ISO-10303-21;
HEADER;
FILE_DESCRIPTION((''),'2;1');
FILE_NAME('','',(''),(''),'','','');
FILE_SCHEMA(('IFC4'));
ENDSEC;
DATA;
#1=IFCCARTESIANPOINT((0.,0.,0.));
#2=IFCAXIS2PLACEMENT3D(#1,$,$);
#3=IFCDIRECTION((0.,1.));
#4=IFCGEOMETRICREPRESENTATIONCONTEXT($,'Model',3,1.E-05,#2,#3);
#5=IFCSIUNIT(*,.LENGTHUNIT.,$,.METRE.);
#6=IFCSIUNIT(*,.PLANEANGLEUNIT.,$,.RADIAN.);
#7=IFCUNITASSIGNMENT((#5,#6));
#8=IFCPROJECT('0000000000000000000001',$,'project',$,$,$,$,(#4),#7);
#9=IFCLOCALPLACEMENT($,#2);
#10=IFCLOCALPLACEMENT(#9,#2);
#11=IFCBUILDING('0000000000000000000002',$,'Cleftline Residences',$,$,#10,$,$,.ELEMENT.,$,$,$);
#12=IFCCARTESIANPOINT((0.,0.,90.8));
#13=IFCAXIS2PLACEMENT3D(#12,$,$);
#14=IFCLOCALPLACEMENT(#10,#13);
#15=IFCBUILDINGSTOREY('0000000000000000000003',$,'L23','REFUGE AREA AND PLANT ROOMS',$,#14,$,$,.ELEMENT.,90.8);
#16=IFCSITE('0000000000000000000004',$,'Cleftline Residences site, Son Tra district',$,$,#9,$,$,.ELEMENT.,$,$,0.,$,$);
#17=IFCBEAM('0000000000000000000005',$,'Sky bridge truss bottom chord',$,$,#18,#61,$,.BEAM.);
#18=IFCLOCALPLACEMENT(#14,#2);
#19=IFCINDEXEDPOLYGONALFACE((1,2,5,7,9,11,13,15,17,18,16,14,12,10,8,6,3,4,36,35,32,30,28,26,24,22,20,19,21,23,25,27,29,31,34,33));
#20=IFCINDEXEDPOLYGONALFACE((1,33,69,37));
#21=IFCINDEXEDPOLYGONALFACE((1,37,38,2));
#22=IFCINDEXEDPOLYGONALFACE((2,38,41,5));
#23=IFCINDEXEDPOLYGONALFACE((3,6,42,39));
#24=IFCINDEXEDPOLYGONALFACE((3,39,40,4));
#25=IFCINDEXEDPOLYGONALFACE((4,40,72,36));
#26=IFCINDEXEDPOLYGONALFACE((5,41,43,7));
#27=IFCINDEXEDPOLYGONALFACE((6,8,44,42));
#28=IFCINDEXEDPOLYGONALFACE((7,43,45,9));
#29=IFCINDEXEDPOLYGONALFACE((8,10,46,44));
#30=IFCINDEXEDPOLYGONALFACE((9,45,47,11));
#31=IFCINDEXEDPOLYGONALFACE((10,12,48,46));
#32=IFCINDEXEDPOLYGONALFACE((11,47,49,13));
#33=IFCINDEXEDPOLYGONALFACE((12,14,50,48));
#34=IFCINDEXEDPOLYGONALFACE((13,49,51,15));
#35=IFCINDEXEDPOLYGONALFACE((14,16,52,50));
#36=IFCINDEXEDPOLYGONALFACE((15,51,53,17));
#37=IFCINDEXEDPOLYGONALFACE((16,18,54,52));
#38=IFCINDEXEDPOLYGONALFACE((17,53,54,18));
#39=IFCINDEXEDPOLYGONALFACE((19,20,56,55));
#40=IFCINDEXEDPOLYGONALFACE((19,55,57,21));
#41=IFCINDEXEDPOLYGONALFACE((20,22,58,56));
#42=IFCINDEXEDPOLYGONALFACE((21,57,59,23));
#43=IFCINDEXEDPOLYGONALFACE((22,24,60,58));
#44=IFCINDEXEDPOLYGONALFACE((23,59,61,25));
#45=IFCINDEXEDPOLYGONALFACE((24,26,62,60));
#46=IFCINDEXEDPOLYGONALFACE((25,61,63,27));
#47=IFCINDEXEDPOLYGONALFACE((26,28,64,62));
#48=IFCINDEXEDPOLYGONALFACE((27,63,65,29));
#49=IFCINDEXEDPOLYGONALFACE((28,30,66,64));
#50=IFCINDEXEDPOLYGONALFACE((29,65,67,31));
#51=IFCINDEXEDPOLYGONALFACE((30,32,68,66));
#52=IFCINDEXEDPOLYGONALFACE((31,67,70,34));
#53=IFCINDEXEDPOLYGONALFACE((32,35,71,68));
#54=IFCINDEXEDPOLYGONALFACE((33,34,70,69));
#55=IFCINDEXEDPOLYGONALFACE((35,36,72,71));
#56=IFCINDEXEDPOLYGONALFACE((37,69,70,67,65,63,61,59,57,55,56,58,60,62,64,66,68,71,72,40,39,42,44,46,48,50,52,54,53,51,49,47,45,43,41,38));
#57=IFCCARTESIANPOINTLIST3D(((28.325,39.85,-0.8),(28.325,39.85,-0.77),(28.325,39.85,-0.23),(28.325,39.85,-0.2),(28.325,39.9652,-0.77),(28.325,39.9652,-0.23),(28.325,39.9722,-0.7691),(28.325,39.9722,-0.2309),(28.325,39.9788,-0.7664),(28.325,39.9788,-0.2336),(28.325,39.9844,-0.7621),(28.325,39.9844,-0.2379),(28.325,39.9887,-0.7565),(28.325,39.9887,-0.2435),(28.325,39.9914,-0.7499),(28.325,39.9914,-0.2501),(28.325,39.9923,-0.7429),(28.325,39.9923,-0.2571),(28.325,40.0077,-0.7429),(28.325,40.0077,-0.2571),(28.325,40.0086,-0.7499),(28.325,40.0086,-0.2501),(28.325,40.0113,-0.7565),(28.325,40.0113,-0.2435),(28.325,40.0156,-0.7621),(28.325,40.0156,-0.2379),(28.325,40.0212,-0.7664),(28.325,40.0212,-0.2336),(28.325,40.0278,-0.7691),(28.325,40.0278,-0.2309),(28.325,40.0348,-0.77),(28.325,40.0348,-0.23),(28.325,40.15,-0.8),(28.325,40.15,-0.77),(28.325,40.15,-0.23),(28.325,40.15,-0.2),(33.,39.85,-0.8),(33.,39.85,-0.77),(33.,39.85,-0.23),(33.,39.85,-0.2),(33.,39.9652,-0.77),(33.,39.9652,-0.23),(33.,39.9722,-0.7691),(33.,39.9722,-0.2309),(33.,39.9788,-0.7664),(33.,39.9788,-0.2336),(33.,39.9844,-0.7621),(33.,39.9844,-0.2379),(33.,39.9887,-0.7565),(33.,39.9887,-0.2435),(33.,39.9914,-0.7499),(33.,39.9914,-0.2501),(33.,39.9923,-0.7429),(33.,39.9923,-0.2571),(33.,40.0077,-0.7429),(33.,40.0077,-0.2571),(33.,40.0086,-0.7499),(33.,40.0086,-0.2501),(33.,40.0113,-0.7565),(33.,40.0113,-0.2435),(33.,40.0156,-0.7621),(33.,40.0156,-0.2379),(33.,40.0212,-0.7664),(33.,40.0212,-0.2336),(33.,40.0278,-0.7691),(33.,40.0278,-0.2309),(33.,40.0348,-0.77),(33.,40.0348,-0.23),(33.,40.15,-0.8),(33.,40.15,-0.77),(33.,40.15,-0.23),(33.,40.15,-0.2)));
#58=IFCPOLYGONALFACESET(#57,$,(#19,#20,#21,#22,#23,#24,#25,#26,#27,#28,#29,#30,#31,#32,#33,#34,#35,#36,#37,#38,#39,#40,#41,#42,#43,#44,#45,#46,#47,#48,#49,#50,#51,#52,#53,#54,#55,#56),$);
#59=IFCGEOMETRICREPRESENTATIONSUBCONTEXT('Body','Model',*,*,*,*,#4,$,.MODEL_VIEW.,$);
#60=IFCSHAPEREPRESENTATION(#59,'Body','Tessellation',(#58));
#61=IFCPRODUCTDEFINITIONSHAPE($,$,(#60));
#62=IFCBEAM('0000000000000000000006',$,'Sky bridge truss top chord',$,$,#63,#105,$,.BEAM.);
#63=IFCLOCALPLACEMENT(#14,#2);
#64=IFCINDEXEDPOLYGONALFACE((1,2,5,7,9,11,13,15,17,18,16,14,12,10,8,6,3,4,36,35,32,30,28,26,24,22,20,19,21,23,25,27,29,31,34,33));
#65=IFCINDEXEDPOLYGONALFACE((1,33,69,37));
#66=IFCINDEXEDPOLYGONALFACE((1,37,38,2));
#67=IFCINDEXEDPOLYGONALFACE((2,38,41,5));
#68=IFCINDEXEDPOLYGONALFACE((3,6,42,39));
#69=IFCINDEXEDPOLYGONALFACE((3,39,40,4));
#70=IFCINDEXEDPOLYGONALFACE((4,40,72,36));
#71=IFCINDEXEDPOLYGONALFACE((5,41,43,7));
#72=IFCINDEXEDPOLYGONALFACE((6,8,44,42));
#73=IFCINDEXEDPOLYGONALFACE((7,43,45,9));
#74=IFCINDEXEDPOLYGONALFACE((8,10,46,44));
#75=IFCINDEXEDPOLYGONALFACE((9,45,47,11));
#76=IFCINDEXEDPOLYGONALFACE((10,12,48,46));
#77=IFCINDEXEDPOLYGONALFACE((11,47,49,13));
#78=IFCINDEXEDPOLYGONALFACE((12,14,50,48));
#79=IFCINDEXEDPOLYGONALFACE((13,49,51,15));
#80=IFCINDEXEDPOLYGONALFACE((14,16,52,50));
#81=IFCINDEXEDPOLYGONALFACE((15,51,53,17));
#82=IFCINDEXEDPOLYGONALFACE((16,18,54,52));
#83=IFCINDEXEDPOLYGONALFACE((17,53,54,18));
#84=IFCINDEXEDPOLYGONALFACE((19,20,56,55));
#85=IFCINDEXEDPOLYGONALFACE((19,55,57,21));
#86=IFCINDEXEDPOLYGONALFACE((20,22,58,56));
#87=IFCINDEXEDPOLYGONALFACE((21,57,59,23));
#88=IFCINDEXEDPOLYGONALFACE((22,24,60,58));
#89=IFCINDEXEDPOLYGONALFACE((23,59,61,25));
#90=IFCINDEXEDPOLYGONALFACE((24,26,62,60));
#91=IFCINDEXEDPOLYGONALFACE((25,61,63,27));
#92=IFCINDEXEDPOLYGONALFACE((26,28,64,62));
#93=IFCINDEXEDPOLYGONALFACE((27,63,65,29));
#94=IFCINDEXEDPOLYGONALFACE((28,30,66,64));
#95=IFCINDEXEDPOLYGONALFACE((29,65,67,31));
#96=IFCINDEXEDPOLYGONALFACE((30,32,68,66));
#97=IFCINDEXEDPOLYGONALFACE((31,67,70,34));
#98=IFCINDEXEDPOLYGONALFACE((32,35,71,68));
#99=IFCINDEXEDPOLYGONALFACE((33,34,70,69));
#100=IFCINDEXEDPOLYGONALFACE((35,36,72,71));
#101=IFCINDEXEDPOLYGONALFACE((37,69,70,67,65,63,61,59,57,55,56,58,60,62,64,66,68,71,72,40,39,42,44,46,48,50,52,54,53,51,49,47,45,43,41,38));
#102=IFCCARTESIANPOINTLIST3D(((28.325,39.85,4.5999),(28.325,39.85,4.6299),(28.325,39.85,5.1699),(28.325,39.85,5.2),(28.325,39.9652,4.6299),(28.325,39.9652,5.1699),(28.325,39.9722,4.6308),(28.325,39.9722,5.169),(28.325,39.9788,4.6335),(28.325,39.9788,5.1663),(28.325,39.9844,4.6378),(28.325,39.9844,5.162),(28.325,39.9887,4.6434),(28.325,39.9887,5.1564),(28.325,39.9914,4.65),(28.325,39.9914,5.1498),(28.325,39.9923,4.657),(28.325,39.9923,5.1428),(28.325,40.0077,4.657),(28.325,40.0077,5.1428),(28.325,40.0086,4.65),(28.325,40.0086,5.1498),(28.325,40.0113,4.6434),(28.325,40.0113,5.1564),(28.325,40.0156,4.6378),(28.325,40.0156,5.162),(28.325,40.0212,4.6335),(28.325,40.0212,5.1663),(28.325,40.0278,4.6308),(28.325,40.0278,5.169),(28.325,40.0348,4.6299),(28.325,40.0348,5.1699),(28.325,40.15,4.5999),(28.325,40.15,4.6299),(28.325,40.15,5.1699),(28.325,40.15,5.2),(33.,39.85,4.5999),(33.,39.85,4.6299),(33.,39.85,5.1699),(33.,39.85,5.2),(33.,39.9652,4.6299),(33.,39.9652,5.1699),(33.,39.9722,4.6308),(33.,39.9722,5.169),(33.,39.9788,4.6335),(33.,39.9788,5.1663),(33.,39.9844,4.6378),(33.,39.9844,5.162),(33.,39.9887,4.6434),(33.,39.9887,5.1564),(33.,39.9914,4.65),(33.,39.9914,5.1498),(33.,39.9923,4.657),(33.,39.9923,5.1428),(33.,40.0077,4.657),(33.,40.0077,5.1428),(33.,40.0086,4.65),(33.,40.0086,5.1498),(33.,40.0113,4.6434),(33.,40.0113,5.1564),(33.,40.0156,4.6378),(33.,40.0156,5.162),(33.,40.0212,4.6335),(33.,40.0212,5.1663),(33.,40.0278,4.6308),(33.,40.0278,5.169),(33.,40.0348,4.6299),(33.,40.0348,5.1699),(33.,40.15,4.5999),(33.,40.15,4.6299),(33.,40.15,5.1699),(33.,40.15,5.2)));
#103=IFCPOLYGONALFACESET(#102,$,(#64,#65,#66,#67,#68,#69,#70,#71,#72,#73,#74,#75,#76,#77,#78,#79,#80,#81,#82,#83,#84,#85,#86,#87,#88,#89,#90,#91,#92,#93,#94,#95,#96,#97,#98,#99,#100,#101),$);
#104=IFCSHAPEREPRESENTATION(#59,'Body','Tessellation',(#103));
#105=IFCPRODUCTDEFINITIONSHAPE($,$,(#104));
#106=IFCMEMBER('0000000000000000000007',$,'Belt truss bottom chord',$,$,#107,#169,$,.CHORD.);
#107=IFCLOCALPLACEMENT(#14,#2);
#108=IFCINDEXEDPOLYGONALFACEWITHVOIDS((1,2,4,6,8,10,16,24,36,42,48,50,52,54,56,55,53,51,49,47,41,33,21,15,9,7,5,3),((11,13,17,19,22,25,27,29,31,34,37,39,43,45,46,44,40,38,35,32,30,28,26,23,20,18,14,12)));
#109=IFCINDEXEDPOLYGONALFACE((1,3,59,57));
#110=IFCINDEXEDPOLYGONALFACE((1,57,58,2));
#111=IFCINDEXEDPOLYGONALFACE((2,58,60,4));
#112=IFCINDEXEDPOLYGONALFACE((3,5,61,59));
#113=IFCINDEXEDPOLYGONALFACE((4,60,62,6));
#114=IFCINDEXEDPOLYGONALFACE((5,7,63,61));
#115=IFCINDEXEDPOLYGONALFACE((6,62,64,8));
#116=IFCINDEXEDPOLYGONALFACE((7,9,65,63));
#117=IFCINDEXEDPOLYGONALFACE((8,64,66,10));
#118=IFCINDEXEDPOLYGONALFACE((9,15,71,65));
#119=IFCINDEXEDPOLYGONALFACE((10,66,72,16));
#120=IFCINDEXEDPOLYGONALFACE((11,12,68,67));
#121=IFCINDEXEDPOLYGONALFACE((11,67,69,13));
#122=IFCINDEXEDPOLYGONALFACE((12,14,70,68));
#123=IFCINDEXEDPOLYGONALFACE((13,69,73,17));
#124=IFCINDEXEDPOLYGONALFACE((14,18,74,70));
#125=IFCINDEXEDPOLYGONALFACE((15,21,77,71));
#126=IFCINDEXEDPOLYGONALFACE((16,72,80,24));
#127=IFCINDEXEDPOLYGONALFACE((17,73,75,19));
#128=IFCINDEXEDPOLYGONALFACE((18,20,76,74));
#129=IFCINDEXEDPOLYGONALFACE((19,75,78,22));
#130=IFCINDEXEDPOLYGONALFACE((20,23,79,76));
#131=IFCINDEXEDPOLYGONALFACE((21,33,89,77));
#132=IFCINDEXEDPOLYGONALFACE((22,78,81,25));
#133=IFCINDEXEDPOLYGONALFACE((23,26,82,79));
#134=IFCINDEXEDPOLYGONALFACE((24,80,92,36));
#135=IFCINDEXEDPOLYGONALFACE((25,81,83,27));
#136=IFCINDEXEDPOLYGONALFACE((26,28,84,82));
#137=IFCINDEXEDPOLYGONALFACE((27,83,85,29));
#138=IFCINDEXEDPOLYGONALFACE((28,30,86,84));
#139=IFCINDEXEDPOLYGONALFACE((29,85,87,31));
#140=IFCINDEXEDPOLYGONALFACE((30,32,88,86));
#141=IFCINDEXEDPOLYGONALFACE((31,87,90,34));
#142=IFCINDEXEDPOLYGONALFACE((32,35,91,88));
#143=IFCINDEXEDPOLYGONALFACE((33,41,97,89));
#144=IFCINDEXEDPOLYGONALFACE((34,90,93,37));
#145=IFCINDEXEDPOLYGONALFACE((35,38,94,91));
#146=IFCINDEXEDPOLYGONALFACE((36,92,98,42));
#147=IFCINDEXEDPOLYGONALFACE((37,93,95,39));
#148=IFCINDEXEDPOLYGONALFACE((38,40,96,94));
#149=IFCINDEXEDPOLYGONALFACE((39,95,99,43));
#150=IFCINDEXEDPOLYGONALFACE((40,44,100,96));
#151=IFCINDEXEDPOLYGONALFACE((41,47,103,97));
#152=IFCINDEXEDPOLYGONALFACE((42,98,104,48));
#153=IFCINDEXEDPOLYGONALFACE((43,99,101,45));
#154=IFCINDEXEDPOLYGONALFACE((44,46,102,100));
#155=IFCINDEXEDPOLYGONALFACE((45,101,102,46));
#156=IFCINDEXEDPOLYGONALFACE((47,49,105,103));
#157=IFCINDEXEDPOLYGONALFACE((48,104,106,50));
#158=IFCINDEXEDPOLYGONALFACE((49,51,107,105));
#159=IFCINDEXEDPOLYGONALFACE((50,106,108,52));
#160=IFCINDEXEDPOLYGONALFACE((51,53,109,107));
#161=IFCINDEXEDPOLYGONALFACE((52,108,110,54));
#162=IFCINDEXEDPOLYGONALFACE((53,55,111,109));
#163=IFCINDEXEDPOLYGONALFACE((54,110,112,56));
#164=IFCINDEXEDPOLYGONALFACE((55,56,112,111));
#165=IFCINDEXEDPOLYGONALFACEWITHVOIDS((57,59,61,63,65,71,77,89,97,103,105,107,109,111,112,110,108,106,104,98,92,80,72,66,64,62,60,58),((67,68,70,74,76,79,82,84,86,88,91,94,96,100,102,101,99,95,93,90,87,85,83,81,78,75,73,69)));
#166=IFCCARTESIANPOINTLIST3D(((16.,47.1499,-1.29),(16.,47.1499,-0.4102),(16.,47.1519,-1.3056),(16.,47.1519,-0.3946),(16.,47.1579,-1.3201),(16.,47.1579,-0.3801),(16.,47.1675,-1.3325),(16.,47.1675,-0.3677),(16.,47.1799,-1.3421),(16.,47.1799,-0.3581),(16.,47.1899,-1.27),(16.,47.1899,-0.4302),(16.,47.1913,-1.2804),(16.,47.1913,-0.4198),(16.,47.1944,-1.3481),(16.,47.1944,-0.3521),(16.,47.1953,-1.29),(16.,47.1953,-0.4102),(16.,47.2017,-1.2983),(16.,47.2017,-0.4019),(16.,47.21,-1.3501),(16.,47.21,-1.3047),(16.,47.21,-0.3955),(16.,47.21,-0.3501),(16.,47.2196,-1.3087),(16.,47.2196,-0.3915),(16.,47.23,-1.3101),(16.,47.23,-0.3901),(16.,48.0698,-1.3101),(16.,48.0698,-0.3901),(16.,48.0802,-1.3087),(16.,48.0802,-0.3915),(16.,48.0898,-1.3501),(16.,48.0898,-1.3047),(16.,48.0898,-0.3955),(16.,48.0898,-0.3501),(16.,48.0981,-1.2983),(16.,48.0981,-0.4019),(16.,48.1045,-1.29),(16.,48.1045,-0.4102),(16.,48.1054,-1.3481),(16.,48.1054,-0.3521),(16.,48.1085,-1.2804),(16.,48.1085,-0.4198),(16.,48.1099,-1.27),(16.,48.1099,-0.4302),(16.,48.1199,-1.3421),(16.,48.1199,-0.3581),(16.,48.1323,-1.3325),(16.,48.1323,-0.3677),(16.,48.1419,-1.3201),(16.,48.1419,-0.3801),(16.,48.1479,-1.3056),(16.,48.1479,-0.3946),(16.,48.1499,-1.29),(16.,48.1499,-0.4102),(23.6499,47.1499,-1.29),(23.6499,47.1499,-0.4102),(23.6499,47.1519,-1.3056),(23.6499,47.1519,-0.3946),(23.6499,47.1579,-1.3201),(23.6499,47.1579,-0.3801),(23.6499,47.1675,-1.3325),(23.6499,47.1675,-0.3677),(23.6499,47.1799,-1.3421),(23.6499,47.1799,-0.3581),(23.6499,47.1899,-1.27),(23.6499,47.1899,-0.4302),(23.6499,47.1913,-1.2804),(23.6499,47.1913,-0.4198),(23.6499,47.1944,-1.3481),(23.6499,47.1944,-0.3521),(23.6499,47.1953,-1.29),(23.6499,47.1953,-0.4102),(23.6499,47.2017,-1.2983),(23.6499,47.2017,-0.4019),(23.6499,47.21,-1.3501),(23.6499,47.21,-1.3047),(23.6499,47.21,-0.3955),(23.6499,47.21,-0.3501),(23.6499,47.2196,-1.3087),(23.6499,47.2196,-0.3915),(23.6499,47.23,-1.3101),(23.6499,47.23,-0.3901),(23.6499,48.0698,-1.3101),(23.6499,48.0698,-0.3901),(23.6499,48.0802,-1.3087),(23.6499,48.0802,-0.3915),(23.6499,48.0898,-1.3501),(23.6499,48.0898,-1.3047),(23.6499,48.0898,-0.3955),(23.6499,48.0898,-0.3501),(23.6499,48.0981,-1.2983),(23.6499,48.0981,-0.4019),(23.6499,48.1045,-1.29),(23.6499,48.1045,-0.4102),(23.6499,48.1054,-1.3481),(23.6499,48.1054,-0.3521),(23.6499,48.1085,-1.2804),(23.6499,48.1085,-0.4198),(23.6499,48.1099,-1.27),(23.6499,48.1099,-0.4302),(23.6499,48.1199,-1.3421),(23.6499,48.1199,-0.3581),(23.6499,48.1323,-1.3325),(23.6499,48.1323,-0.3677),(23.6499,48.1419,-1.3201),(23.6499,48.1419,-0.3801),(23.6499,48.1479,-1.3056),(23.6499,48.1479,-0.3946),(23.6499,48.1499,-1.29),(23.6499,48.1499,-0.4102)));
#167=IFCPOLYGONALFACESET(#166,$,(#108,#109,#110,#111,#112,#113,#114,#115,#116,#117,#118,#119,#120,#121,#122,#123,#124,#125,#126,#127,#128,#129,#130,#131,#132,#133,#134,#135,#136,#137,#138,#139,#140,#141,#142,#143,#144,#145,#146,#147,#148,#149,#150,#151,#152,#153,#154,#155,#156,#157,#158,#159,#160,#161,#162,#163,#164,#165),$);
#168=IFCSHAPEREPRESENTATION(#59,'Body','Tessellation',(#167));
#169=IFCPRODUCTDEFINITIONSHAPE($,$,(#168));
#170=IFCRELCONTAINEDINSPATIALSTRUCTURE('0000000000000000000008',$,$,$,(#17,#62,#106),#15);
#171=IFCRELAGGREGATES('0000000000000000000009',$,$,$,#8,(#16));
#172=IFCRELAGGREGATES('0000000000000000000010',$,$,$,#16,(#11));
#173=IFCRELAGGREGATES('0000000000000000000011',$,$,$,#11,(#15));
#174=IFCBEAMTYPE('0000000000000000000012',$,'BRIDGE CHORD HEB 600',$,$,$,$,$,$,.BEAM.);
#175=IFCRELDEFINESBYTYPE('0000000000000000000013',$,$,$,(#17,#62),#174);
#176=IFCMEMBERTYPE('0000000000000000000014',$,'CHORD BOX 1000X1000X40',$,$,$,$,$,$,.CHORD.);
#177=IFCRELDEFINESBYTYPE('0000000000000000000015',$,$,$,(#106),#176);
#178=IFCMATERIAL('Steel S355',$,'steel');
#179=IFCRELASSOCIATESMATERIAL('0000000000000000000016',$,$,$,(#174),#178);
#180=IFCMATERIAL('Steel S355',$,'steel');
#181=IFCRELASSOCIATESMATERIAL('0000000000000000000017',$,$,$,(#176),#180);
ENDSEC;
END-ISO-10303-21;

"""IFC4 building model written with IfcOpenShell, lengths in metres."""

from ifc_helpers import new_model, si_unit, direction, frame, origin, origin_2d, place, context, subcontext, project, spatial, hollow_rectangle, i_section, extrude, material, material_profile, profile_set, type_object, element, save


model = new_model("IFC4")

# Units and contexts
model_context = context("Model", 3, precision=1e-05, world=origin(), true_north=direction((0.0, 1.0)))
body_context = subcontext(model_context, "Body", "Model", "MODEL_VIEW")
ifc_project = project(units=[si_unit("LENGTHUNIT", "METRE"), si_unit("PLANEANGLEUNIT", "RADIAN")], contexts=[model_context])

# Site, building, storey
site_placement = place(None, origin())
site = spatial("IfcSite", under=ifc_project, at=site_placement, Name="Cleftline Residences site, Son Tra district", CompositionType="ELEMENT", RefElevation=0.0)
building_placement = place(site_placement, origin())
building = spatial("IfcBuilding", under=site, at=building_placement, Name="Cleftline Residences", CompositionType="ELEMENT")
storey_placement = place(building_placement, frame((0.0, 0.0, 90.8)))
storey = spatial("IfcBuildingStorey", under=building, at=storey_placement, Name="L23", Description="REFUGE AREA AND PLANT ROOMS", CompositionType="ELEMENT", Elevation=90.8)

# Beams
ifc_material_1 = material(Name="Steel S355", Category="steel")
ifc_material_profile_1 = material_profile(ifc_material_1, i_section(OverallWidth=0.3, OverallDepth=0.6001, WebThickness=0.0154, FlangeThickness=0.03, FilletRadius=0.0271, at=origin_2d()))
ifc_profile_set_1 = profile_set([ifc_material_profile_1], Name="Steel S355")
beam_type_1 = type_object("IfcBeamType", Name="BRIDGE CHORD HEB 600", PredefinedType="BEAM", material=ifc_profile_set_1)
for number, where, z_axis, x_axis, name in (
    (1, (28.325, 40.0, -0.5), (1.0, 0.0, 0.0), (0.0, 1.0, 0.0), "Sky bridge truss bottom chord"),
    (2, (28.325, 40.0, 4.8999), (1.0, 0.0, 0.0), (0.0, 1.0, 0.0), "Sky bridge truss top chord"),
):
    element("IfcBeam", number, at=place(storey_placement, frame(where, z_axis=z_axis, x_axis=x_axis)), inside=storey, type_object=beam_type_1, Name=name, PredefinedType="BEAM", context=body_context, shape_type="SweptSolid", body=[
        extrude(i_section(OverallWidth=0.3, OverallDepth=0.6001, WebThickness=0.0154, FlangeThickness=0.03, FilletRadius=0.0271, at=origin_2d()), origin(), (0.0, 0.0, 1.0), 4.675),
    ])

# Member
ifc_material_2 = material(Name="Steel S355", Category="steel")
ifc_material_profile_2 = material_profile(ifc_material_2, hollow_rectangle(XDim=1.0, YDim=1.0, WallThickness=0.04, InnerFilletRadius=0.04, OuterFilletRadius=0.0601, at=origin_2d()))
ifc_profile_set_2 = profile_set([ifc_material_profile_2], Name="Steel S355")
member_type_1 = type_object("IfcMemberType", Name="CHORD BOX 1000X1000X40", PredefinedType="CHORD", material=ifc_profile_set_2)
for number, where, z_axis, x_axis, name in (
    (3, (16.0, 47.6499, -0.8501), (1.0, 0.0, 0.0), (0.0, 1.0, 0.0), "Belt truss bottom chord"),
):
    element("IfcMember", number, at=place(storey_placement, frame(where, z_axis=z_axis, x_axis=x_axis)), inside=storey, type_object=member_type_1, Name=name, PredefinedType="CHORD", context=body_context, shape_type="SweptSolid", body=[
        extrude(hollow_rectangle(XDim=1.0, YDim=1.0, WallThickness=0.04, InnerFilletRadius=0.04, OuterFilletRadius=0.0601, at=origin_2d()), origin(), (0.0, 0.0, 1.0), 7.6499),
    ])

save(model, "model.ifc")
